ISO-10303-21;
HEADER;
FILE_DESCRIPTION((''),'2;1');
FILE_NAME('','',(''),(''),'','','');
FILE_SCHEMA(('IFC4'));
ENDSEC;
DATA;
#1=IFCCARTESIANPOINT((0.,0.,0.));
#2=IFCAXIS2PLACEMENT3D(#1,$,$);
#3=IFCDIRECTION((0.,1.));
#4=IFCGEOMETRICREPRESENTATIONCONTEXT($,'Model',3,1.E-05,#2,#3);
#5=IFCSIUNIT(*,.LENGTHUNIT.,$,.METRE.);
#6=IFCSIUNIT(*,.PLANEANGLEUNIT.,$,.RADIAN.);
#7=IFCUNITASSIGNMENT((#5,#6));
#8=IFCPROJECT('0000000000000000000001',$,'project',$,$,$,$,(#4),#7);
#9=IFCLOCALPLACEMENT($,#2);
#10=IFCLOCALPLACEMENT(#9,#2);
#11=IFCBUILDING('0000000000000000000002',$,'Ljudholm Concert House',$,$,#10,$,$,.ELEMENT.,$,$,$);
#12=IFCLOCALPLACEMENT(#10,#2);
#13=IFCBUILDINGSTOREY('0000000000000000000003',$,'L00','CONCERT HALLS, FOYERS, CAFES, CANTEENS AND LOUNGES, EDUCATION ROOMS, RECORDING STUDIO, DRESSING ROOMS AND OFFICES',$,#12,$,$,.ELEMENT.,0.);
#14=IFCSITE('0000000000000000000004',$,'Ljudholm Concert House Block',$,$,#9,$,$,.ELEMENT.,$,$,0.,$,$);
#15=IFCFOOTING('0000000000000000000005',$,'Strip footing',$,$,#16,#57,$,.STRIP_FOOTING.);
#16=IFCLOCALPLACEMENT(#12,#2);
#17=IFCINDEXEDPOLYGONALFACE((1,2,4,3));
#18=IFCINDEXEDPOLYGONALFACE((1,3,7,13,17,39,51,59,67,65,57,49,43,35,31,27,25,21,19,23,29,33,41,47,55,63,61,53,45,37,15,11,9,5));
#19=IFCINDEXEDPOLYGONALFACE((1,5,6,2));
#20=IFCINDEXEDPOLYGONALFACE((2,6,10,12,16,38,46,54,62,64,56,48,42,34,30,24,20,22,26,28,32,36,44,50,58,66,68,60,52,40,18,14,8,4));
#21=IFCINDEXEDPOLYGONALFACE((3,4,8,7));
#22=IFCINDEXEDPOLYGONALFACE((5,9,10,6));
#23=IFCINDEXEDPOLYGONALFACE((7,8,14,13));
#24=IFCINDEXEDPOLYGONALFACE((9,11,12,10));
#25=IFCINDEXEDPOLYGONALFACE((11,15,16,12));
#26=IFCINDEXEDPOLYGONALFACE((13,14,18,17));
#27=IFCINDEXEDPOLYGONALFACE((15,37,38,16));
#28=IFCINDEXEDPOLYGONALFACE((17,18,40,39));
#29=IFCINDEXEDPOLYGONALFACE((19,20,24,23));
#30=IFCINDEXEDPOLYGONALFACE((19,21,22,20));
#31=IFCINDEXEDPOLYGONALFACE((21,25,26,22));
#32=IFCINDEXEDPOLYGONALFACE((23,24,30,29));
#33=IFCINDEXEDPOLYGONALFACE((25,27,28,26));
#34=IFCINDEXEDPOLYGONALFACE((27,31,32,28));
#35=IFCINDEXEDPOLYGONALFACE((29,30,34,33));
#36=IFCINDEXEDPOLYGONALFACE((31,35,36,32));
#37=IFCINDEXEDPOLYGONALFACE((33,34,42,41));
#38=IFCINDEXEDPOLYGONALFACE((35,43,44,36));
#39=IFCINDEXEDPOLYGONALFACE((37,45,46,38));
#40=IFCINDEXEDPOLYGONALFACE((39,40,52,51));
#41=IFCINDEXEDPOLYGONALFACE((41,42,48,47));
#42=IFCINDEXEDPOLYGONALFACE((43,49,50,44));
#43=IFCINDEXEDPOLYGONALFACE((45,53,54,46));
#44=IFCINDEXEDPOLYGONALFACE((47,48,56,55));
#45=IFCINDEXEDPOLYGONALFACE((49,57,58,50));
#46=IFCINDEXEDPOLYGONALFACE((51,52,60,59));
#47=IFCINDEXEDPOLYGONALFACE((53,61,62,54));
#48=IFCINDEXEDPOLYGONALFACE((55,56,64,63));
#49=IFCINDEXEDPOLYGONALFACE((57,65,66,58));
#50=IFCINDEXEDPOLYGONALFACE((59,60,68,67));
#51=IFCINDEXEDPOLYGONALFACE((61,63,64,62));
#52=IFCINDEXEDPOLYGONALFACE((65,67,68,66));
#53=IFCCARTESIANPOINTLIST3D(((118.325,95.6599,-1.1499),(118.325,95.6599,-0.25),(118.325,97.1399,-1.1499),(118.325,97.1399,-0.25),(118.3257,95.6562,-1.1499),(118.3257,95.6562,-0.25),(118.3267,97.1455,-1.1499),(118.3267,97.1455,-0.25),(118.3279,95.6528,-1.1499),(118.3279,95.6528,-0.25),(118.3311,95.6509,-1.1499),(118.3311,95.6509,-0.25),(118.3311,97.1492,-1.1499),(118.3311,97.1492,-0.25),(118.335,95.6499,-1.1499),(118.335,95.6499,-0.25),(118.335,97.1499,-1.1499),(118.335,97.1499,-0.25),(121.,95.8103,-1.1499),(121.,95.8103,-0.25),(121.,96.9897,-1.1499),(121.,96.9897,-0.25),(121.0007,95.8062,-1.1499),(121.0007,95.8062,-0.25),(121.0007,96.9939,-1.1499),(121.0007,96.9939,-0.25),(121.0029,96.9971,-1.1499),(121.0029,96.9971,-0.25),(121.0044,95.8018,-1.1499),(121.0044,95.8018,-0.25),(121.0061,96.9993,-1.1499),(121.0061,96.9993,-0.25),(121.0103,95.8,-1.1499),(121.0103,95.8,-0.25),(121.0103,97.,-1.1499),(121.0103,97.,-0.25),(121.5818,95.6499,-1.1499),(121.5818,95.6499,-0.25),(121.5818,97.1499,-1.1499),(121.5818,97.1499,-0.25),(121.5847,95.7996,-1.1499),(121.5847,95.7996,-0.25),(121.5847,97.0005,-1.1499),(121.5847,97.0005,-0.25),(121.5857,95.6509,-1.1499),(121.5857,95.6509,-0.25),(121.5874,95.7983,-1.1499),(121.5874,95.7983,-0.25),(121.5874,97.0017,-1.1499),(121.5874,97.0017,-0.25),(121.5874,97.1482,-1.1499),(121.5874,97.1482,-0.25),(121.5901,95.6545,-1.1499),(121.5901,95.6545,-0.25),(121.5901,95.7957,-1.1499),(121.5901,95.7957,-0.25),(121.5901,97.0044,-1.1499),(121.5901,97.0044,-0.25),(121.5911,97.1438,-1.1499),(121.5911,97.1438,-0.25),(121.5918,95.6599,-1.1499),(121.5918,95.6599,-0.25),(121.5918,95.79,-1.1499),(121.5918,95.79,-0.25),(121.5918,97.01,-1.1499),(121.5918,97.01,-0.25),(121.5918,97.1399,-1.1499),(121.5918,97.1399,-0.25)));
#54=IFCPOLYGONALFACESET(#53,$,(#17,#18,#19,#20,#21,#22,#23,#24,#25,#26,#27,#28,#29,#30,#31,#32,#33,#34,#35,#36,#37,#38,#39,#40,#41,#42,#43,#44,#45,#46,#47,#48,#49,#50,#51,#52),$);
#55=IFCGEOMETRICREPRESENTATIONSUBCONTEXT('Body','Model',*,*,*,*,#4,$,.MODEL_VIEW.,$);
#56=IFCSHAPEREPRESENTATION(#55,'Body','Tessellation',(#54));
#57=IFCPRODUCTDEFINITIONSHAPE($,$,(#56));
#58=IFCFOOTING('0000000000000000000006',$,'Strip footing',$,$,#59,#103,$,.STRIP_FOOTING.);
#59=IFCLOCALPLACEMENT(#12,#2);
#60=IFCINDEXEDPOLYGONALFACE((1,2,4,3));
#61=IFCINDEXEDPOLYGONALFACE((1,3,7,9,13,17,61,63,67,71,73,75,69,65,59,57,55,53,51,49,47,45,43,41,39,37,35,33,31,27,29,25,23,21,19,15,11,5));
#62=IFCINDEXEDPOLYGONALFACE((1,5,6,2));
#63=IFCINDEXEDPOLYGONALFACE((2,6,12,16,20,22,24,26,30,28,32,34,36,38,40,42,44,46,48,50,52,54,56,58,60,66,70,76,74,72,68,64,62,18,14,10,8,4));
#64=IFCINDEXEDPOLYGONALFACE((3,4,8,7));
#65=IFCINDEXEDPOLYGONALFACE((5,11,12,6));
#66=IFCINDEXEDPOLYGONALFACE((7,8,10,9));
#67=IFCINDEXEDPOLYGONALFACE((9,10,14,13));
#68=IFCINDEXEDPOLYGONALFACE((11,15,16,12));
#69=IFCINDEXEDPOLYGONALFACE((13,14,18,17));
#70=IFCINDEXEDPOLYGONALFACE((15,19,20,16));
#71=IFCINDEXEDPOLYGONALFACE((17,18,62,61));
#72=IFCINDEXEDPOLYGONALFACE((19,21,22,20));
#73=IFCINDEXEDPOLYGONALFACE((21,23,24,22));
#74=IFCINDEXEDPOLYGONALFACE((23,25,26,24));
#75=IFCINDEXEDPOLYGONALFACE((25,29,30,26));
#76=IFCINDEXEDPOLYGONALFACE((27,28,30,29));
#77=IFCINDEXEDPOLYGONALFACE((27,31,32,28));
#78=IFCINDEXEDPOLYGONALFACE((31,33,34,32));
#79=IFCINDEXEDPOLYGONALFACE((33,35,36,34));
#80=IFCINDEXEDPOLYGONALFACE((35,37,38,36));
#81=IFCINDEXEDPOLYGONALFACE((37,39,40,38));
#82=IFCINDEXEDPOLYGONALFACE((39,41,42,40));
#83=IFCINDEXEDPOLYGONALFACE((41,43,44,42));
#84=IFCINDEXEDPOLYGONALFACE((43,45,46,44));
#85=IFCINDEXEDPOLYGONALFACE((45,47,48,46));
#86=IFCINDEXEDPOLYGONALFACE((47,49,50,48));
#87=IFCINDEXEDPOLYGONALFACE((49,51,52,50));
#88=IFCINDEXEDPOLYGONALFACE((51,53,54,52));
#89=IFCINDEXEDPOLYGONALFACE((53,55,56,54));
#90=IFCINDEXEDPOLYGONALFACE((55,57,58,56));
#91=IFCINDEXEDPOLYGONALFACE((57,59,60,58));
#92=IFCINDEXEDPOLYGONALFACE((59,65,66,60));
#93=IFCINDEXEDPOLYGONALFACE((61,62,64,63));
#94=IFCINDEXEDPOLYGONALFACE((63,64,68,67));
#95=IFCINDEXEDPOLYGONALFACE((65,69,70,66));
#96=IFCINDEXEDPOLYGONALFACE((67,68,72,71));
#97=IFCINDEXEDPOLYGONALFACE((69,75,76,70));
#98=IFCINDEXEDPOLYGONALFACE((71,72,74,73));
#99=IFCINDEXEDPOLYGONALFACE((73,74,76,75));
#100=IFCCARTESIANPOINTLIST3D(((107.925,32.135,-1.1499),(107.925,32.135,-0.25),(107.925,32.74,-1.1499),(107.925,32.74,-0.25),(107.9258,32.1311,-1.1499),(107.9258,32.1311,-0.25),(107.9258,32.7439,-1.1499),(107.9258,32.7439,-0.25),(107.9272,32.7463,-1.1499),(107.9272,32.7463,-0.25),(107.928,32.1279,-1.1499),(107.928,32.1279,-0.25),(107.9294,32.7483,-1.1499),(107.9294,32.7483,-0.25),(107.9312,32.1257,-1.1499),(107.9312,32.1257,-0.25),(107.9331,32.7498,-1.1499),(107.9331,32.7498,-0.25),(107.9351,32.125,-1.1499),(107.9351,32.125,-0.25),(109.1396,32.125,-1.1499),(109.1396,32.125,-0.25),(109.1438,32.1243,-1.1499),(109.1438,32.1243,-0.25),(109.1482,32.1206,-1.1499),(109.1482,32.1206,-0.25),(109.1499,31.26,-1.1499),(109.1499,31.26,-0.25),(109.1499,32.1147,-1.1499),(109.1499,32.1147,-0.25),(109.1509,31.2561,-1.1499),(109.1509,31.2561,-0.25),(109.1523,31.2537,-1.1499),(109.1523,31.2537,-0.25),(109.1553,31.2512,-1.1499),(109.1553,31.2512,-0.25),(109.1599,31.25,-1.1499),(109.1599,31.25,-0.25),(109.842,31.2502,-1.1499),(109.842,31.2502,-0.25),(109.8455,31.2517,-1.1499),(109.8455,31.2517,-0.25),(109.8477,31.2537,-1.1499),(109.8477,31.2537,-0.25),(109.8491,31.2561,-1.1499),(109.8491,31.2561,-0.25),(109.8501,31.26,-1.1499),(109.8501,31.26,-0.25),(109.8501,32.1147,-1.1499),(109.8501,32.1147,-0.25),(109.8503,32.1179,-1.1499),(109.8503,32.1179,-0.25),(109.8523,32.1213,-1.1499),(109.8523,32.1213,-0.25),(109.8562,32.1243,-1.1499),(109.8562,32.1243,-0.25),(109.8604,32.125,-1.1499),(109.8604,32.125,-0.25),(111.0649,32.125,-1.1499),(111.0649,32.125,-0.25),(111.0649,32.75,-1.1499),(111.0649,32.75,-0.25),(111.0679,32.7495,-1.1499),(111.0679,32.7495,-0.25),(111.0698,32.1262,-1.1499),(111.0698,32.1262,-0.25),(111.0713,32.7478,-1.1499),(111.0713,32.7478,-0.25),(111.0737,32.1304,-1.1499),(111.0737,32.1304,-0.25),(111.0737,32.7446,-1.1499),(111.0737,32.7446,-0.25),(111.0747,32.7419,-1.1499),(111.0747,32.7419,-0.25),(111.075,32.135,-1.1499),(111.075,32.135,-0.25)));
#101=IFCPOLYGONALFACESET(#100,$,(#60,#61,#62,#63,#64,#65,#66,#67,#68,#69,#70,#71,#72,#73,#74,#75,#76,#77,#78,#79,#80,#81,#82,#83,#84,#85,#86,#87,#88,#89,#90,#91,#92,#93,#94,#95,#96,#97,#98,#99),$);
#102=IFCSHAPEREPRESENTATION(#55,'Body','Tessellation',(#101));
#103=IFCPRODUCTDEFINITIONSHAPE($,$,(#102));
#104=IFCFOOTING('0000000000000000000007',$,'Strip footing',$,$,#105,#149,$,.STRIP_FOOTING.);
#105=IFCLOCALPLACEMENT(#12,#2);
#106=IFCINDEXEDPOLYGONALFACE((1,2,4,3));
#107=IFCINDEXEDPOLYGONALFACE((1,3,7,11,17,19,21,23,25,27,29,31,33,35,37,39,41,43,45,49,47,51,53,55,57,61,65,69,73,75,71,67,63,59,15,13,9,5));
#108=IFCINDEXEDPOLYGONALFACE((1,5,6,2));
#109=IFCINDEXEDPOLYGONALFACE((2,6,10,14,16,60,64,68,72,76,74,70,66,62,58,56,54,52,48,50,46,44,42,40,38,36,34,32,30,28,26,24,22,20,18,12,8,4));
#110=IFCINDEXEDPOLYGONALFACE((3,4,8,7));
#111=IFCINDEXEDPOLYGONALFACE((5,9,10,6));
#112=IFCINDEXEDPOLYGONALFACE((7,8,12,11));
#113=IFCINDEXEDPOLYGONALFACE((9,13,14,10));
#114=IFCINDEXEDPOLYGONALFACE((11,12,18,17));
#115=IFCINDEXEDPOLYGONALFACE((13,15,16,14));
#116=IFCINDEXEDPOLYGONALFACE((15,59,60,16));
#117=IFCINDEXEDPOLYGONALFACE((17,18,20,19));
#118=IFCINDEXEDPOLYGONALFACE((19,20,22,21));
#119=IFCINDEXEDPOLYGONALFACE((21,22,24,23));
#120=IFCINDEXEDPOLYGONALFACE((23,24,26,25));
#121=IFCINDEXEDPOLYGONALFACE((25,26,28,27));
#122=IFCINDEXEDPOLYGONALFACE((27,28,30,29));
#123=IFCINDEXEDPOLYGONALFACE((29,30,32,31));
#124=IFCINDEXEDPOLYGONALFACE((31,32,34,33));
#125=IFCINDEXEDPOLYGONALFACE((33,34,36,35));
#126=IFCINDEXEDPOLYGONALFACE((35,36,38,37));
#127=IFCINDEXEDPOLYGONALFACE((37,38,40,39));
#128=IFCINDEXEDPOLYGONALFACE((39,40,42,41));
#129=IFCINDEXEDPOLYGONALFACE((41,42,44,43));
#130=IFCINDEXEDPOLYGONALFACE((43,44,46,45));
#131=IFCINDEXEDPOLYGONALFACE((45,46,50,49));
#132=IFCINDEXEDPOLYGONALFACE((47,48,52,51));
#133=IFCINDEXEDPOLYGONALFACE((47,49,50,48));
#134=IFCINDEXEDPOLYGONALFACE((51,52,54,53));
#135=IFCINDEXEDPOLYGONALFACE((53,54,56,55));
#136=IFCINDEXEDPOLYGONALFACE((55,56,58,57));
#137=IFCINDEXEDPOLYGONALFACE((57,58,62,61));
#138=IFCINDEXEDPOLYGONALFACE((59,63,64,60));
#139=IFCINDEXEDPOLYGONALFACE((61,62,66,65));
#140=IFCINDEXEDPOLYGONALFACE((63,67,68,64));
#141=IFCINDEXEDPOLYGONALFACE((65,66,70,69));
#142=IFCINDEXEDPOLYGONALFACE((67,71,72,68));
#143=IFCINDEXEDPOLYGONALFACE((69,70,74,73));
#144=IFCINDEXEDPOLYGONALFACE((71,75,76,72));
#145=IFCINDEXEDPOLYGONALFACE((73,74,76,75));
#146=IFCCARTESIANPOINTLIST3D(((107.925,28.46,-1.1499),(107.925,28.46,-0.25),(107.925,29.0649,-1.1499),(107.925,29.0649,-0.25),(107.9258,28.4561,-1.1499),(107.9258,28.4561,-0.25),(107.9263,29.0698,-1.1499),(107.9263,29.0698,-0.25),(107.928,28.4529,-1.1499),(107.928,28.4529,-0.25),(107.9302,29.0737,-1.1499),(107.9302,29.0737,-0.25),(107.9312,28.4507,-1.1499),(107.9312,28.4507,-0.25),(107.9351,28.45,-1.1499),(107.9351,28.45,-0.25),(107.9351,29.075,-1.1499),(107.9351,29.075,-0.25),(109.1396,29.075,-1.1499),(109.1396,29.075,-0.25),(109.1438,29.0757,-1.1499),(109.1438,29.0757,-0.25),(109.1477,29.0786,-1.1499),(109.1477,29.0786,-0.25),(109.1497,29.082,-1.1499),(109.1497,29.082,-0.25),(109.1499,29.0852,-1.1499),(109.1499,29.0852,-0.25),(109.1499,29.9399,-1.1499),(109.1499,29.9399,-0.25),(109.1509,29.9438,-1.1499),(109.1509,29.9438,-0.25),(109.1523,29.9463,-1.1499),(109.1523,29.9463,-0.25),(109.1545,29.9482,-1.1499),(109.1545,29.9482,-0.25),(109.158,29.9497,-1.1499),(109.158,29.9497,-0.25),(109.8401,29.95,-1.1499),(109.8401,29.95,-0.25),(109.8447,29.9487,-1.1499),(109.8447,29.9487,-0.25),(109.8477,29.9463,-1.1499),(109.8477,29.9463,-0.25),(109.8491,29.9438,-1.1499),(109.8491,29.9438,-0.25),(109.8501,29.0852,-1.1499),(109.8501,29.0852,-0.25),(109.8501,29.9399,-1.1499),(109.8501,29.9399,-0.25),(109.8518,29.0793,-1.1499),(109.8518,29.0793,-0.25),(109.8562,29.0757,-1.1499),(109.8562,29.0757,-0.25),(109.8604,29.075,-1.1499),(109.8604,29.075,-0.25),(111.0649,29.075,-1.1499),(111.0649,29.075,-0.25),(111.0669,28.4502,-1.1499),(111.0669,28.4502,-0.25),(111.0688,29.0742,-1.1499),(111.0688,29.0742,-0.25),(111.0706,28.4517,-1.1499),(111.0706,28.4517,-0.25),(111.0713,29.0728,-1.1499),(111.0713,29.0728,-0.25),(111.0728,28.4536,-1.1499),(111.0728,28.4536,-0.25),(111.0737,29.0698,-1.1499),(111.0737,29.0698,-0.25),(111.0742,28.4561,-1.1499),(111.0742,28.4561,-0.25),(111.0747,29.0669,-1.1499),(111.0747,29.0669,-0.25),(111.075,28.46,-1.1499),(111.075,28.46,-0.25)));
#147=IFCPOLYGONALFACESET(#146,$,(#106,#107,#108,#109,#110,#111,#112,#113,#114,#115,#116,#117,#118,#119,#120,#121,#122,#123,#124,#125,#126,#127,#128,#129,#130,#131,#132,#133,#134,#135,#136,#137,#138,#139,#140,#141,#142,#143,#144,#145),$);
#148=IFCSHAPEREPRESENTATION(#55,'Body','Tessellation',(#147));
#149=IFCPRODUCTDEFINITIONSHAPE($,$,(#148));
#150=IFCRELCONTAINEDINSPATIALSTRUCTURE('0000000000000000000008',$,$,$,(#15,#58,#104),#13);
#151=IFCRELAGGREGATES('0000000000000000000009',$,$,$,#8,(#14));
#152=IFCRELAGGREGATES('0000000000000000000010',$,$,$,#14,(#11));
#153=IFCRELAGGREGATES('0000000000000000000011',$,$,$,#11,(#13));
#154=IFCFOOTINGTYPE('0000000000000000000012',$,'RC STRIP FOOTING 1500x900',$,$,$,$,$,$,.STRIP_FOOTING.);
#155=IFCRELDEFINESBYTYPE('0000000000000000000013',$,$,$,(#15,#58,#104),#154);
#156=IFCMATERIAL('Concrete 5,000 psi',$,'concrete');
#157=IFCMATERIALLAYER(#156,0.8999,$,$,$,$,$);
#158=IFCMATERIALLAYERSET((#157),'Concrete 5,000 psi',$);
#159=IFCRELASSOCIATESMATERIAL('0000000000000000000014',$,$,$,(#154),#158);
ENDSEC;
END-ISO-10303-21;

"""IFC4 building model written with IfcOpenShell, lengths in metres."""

from ifc_helpers import new_model, si_unit, direction, frame, origin, place, context, subcontext, project, spatial, polyline, outline, extrude, material, layer, layer_set, type_object, element, save


model = new_model("IFC4")

# Units and contexts
model_context = context("Model", 3, precision=1e-05, world=origin(), true_north=direction((0.0, 1.0)))
body_context = subcontext(model_context, "Body", "Model", "MODEL_VIEW")
ifc_project = project(units=[si_unit("LENGTHUNIT", "METRE"), si_unit("PLANEANGLEUNIT", "RADIAN")], contexts=[model_context])

# Site, building, storey
site_placement = place(None, origin())
site = spatial("IfcSite", under=ifc_project, at=site_placement, Name="Ljudholm Concert House Block", CompositionType="ELEMENT", RefElevation=0.0)
building_placement = place(site_placement, origin())
building = spatial("IfcBuilding", under=site, at=building_placement, Name="Ljudholm Concert House", CompositionType="ELEMENT")
storey_placement = place(building_placement, origin())
storey = spatial("IfcBuildingStorey", under=building, at=storey_placement, Name="L00", Description="CONCERT HALLS, FOYERS, CAFES, CANTEENS AND LOUNGES, EDUCATION ROOMS, RECORDING STUDIO, DRESSING ROOMS AND OFFICES", CompositionType="ELEMENT", Elevation=0.0)

# Footings
ifc_material = material(Name="Concrete 5,000 psi", Category="concrete")
ifc_layer = layer(ifc_material, 0.8999)
ifc_layer_set = layer_set([ifc_layer], Name="Concrete 5,000 psi")
footing_type = type_object("IfcFootingType", Name="RC STRIP FOOTING 1500x900", PredefinedType="STRIP_FOOTING", material=ifc_layer_set)
footing_1_placement = place(storey_placement, frame((0.0, 0.0, -1.1499)))
element("IfcFooting", 1, at=footing_1_placement, inside=storey, type_object=footing_type, Name="Strip footing", PredefinedType="STRIP_FOOTING", context=body_context, shape_type="SweptSolid", body=[
    extrude(outline(polyline([(118.335, 95.6499), (121.5818, 95.6499), (121.5857, 95.6509), (121.5901, 95.6545), (121.5918, 95.6599), (121.5918, 95.79), (121.5901, 95.7957), (121.5874, 95.7983), (121.5847, 95.7996), (121.0103, 95.8), (121.0044, 95.8018), (121.0007, 95.8062), (121.0, 95.8103), (121.0, 96.9897), (121.0007, 96.9939), (121.0029, 96.9971), (121.0061, 96.9993), (121.0103, 97.0), (121.5847, 97.0005), (121.5874, 97.0017), (121.5901, 97.0044), (121.5918, 97.01), (121.5918, 97.1399), (121.5911, 97.1438), (121.5874, 97.1482), (121.5818, 97.1499), (118.335, 97.1499), (118.3311, 97.1492), (118.3267, 97.1455), (118.325, 97.1399), (118.325, 95.6599), (118.3257, 95.6562), (118.3279, 95.6528), (118.3311, 95.6509), (118.335, 95.6499)])), origin(), (0.0, 0.0, 1.0), 0.8999),
])
footing_2_placement = place(storey_placement, frame((0.0, 0.0, -1.1499)))
element("IfcFooting", 2, at=footing_2_placement, inside=storey, type_object=footing_type, Name="Strip footing", PredefinedType="STRIP_FOOTING", context=body_context, shape_type="SweptSolid", body=[
    extrude(outline(polyline([(107.9351, 32.125), (109.1396, 32.125), (109.1438, 32.1243), (109.1482, 32.1206), (109.1499, 32.1147), (109.1499, 31.26), (109.1509, 31.2561), (109.1523, 31.2537), (109.1553, 31.2512), (109.1599, 31.25), (109.842, 31.2502), (109.8455, 31.2517), (109.8477, 31.2537), (109.8491, 31.2561), (109.8501, 31.26), (109.8501, 32.1147), (109.8503, 32.1179), (109.8523, 32.1213), (109.8562, 32.1243), (109.8604, 32.125), (111.0649, 32.125), (111.0698, 32.1262), (111.0737, 32.1304), (111.075, 32.135), (111.0747, 32.7419), (111.0737, 32.7446), (111.0713, 32.7478), (111.0679, 32.7495), (111.0649, 32.75), (107.9331, 32.7498), (107.9294, 32.7483), (107.9272, 32.7463), (107.9258, 32.7439), (107.925, 32.74), (107.925, 32.135), (107.9258, 32.1311), (107.928, 32.1279), (107.9312, 32.1257), (107.9351, 32.125)])), origin(), (0.0, 0.0, 1.0), 0.8999),
])
footing_3_placement = place(storey_placement, frame((0.0, 0.0, -1.1499)))
element("IfcFooting", 3, at=footing_3_placement, inside=storey, type_object=footing_type, Name="Strip footing", PredefinedType="STRIP_FOOTING", context=body_context, shape_type="SweptSolid", body=[
    extrude(outline(polyline([(107.9351, 28.45), (111.0669, 28.4502), (111.0706, 28.4517), (111.0728, 28.4536), (111.0742, 28.4561), (111.075, 28.46), (111.0747, 29.0669), (111.0737, 29.0698), (111.0713, 29.0728), (111.0688, 29.0742), (111.0649, 29.075), (109.8604, 29.075), (109.8562, 29.0757), (109.8518, 29.0793), (109.8501, 29.0852), (109.8501, 29.9399), (109.8491, 29.9438), (109.8477, 29.9463), (109.8447, 29.9487), (109.8401, 29.95), (109.158, 29.9497), (109.1545, 29.9482), (109.1523, 29.9463), (109.1509, 29.9438), (109.1499, 29.9399), (109.1499, 29.0852), (109.1497, 29.082), (109.1477, 29.0786), (109.1438, 29.0757), (109.1396, 29.075), (107.9351, 29.075), (107.9302, 29.0737), (107.9263, 29.0698), (107.925, 29.0649), (107.925, 28.46), (107.9258, 28.4561), (107.928, 28.4529), (107.9312, 28.4507), (107.9351, 28.45)])), origin(), (0.0, 0.0, 1.0), 0.8999),
])

save(model, "model.ifc")
